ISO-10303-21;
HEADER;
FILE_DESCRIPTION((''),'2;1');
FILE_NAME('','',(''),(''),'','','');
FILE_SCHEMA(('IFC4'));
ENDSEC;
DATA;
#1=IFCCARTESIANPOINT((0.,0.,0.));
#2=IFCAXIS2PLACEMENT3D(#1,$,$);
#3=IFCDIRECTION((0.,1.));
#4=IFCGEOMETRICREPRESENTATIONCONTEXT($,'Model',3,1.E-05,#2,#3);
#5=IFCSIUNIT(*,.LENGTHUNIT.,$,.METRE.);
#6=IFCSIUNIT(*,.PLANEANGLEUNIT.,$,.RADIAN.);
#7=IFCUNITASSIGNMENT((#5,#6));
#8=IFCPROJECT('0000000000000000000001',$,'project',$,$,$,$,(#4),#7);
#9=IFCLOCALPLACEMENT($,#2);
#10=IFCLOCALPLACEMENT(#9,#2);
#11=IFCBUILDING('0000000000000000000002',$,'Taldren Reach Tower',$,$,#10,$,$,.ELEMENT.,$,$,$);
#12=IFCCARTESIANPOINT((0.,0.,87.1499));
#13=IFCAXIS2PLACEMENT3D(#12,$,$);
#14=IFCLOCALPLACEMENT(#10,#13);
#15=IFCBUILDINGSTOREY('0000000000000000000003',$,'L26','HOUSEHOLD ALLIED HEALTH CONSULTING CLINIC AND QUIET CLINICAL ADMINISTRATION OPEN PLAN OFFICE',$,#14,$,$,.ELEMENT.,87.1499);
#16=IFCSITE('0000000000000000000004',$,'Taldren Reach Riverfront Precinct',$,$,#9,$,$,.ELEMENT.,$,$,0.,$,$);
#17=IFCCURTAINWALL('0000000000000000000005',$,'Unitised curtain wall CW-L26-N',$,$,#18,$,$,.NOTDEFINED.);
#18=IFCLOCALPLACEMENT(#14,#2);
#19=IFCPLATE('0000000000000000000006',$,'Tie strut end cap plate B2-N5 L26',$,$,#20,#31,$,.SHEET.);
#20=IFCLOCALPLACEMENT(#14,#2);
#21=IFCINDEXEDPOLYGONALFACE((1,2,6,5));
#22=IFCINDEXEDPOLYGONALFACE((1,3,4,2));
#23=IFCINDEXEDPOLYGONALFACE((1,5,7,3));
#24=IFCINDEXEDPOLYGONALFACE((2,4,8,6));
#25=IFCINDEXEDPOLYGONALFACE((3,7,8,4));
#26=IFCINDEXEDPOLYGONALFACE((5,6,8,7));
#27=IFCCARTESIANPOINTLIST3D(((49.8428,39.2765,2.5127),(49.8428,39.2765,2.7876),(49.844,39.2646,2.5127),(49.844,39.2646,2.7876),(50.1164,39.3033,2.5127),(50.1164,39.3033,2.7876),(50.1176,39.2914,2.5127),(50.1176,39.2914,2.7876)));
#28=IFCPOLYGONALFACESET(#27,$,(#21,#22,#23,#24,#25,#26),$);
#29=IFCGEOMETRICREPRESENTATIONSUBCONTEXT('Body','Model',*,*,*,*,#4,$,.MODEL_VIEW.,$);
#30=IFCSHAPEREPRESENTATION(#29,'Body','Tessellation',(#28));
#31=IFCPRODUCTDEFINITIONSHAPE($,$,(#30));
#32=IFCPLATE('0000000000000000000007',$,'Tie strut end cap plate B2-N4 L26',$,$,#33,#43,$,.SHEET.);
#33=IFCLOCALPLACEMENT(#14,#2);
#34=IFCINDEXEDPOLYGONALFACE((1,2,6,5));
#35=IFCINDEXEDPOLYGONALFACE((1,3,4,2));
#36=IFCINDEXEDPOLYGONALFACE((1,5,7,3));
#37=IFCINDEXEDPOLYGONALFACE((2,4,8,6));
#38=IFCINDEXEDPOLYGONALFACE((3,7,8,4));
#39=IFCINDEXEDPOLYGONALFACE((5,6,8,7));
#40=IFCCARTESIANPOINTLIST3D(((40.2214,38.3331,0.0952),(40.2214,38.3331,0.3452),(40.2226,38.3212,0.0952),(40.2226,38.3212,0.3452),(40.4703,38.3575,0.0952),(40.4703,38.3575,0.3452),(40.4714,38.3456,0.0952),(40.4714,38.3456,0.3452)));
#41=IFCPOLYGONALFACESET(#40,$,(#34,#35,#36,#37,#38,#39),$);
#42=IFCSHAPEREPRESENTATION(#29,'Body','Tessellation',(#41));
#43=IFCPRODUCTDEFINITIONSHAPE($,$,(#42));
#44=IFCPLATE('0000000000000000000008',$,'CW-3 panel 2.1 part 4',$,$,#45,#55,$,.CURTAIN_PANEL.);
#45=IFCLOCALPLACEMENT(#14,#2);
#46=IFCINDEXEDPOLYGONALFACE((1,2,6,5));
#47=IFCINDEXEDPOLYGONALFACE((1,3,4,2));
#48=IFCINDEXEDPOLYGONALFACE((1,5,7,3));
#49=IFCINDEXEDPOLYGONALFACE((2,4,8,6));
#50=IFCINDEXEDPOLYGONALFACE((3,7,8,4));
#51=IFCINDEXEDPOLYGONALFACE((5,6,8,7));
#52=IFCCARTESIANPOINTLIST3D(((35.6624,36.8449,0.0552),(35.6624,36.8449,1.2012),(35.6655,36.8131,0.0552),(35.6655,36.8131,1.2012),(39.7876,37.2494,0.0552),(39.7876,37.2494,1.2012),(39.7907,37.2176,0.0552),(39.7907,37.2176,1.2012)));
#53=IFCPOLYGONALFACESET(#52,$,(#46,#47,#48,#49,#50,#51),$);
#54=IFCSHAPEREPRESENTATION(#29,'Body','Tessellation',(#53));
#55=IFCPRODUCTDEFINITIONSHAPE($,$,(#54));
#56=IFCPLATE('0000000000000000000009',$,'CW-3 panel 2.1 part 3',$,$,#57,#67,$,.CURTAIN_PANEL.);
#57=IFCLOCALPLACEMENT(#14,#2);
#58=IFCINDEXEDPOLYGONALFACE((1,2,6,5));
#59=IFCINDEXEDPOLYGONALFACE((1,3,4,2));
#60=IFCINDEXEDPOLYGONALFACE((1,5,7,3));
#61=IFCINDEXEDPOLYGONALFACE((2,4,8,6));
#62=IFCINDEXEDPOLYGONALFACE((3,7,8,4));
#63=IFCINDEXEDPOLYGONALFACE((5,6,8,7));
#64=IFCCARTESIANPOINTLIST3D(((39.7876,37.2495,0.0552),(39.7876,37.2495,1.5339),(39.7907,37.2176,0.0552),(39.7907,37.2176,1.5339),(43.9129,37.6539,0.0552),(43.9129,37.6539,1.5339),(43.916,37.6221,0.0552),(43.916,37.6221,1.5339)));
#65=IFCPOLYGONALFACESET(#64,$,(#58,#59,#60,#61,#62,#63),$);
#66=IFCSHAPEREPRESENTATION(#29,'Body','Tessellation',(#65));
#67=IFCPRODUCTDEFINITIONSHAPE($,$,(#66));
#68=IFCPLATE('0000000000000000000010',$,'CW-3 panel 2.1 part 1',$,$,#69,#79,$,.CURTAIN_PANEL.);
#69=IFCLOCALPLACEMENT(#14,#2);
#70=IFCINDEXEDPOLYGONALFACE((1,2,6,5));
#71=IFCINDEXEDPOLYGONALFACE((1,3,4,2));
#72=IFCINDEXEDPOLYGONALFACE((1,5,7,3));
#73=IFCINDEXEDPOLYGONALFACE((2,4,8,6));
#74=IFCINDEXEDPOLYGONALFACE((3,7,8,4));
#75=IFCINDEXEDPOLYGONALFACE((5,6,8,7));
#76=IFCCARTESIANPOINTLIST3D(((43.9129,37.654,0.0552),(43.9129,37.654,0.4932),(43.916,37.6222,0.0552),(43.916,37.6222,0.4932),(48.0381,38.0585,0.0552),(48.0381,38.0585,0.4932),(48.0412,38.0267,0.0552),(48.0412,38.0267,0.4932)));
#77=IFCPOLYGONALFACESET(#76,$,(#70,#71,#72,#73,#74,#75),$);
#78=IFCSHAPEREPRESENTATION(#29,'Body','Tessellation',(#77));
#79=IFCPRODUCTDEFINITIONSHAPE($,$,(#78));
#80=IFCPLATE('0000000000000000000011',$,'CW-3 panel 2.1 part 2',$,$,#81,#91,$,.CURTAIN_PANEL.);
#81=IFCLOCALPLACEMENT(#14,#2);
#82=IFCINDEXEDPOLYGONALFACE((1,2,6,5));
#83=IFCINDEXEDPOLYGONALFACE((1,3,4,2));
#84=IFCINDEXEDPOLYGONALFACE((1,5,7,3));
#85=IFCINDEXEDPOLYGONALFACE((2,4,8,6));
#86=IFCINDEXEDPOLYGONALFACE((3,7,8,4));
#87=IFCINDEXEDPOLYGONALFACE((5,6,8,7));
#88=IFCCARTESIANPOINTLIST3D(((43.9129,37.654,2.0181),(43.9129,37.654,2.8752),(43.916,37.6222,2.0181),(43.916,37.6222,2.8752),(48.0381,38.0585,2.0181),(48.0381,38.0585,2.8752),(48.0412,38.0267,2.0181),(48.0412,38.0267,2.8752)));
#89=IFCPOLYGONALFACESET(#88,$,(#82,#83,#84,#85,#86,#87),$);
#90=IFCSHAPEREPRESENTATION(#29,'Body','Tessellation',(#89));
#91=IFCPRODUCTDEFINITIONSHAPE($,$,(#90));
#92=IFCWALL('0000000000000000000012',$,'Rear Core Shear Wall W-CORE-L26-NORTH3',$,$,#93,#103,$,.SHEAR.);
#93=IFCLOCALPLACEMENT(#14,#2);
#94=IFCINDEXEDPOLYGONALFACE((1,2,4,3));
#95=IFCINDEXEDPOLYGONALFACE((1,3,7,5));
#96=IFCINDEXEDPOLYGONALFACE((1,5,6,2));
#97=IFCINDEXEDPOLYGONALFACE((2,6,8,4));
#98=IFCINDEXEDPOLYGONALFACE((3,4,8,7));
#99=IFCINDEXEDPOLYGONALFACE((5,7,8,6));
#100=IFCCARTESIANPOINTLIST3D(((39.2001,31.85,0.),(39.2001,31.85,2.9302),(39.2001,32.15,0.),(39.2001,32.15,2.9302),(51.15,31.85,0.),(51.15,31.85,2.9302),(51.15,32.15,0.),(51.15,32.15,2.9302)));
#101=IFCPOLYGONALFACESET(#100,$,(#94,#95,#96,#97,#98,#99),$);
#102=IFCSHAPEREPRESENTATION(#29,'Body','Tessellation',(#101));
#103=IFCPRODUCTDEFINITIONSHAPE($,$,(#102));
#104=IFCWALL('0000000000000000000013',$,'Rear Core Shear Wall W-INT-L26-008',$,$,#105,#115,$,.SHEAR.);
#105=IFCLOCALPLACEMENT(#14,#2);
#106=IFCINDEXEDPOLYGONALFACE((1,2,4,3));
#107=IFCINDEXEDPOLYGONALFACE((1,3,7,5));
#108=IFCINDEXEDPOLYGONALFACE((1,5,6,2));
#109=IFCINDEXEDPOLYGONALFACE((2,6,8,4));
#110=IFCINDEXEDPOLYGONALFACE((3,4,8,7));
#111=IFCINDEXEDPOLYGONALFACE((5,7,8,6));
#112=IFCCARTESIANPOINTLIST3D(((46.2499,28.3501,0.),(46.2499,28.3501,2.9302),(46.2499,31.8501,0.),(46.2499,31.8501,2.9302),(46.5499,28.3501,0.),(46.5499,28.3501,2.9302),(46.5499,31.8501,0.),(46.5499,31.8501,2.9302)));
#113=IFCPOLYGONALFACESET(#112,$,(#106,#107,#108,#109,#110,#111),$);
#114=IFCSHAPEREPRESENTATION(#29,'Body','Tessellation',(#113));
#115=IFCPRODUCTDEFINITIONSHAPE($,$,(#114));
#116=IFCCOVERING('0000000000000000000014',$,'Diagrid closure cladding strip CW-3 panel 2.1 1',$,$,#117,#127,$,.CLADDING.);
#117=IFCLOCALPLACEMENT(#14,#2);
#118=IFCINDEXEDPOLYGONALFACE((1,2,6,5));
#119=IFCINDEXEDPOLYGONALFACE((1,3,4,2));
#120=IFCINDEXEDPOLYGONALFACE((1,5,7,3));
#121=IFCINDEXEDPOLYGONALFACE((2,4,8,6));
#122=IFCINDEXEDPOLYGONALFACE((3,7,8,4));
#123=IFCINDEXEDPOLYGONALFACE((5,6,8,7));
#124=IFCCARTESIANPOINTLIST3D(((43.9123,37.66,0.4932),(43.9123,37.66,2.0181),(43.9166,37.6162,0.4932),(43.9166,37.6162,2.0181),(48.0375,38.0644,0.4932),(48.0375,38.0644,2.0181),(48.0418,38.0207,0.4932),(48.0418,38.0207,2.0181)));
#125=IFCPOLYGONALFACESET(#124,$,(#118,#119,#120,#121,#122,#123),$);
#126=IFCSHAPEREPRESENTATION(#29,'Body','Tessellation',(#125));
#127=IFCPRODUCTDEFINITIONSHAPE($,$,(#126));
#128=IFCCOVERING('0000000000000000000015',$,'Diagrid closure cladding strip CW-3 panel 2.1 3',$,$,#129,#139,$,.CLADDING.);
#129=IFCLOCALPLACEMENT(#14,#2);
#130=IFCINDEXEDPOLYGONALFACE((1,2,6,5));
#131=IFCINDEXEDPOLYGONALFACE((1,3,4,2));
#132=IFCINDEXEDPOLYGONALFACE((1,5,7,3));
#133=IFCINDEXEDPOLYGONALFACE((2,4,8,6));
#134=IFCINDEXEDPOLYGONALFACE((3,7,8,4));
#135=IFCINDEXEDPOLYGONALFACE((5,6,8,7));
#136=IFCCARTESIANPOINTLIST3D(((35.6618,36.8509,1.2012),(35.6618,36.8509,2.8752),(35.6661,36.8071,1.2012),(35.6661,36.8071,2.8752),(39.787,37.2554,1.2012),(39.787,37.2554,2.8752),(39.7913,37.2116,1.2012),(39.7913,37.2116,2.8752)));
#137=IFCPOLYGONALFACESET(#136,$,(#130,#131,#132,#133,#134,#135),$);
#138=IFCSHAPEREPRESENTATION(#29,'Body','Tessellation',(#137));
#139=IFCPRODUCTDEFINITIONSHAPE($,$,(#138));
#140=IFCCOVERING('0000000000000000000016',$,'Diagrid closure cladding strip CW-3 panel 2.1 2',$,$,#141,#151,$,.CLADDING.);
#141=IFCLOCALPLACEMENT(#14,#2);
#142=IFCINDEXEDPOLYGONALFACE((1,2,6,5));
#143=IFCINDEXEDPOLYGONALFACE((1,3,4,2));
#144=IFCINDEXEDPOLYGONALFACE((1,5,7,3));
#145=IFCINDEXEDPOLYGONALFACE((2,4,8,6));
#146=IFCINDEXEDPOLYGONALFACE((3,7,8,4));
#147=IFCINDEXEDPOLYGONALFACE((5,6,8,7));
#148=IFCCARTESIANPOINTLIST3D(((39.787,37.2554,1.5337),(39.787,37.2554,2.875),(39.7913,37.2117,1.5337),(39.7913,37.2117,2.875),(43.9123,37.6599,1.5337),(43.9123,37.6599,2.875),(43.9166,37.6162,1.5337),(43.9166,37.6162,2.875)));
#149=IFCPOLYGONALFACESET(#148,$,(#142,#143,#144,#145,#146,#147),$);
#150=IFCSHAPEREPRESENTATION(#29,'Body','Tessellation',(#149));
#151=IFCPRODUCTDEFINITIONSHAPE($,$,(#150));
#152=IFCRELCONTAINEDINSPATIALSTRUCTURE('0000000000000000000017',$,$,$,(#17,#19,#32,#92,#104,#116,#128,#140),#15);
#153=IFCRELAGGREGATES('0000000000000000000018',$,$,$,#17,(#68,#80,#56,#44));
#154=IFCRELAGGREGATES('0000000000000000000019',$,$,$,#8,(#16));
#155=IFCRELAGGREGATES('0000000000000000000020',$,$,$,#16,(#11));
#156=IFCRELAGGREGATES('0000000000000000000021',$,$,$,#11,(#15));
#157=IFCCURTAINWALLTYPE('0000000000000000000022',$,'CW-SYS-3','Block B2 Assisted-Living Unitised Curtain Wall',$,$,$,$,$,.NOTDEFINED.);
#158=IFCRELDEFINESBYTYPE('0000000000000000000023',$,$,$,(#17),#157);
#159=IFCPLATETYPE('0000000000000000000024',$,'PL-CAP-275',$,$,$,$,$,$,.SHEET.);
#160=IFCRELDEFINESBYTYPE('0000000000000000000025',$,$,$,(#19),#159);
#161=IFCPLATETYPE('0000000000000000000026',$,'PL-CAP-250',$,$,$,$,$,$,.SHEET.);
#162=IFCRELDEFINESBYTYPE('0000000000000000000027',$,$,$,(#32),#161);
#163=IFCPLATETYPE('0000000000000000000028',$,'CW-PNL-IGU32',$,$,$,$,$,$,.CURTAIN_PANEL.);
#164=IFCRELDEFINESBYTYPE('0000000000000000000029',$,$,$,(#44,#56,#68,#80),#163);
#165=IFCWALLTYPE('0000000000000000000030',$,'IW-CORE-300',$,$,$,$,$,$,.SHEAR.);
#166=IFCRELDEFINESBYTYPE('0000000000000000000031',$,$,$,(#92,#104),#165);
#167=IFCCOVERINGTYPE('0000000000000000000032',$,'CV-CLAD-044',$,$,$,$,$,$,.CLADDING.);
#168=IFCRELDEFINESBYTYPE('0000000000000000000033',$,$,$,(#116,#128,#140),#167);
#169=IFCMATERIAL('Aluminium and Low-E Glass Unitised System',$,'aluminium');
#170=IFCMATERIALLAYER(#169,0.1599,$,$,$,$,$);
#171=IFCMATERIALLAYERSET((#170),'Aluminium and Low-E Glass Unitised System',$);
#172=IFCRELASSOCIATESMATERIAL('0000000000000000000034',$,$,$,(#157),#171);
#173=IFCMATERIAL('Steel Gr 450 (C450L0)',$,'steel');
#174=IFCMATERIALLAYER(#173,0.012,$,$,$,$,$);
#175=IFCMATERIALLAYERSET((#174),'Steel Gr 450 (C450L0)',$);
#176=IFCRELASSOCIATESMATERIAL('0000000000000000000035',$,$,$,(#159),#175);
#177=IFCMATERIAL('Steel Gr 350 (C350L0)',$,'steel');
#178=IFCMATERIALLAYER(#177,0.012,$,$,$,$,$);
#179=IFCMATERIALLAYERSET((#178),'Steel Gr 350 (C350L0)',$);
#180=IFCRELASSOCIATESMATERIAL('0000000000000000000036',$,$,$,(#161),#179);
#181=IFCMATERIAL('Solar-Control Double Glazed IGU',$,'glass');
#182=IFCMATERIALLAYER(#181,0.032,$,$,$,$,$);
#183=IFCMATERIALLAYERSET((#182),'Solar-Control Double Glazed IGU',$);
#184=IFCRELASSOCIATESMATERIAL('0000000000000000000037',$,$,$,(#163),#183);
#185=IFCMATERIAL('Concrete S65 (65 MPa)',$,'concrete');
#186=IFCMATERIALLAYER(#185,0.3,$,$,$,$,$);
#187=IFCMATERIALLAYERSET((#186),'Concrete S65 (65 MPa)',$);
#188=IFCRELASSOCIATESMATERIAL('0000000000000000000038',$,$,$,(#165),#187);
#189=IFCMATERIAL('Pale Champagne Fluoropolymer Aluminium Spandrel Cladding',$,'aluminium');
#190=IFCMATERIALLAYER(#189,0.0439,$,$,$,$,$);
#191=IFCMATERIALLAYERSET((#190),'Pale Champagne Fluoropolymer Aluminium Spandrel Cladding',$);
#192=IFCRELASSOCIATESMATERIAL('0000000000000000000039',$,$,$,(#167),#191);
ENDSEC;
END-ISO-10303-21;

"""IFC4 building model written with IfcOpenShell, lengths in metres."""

from ifc_helpers import new_model, si_unit, direction, frame, frame_2d, origin, origin_2d, place, context, subcontext, project, spatial, rectangle, extrude, source, transform, mapped, material, layer, layer_set, type_object, element, aggregate, save


model = new_model("IFC4")

# Units and contexts
model_context = context("Model", 3, precision=1e-05, world=origin(), true_north=direction((0.0, 1.0)))
body_context = subcontext(model_context, "Body", "Model", "MODEL_VIEW")
ifc_project = project(units=[si_unit("LENGTHUNIT", "METRE"), si_unit("PLANEANGLEUNIT", "RADIAN")], contexts=[model_context])

# Site, building, storey
site_placement = place(None, origin())
site = spatial("IfcSite", under=ifc_project, at=site_placement, Name="Taldren Reach Riverfront Precinct", CompositionType="ELEMENT", RefElevation=0.0)
building_placement = place(site_placement, origin())
building = spatial("IfcBuilding", under=site, at=building_placement, Name="Taldren Reach Tower", CompositionType="ELEMENT")
storey_placement = place(building_placement, frame((0.0, 0.0, 87.1499)))
storey = spatial("IfcBuildingStorey", under=building, at=storey_placement, Name="L26", Description="HOUSEHOLD ALLIED HEALTH CONSULTING CLINIC AND QUIET CLINICAL ADMINISTRATION OPEN PLAN OFFICE", CompositionType="ELEMENT", Elevation=87.1499)

# Shared definitions
ifc_material_1 = material(Name="Concrete S65 (65 MPa)", Category="concrete")

# Shared definitions
ifc_material_2 = material(Name="Steel Gr 450 (C450L0)", Category="steel")
ifc_material_3 = material(Name="Steel Gr 350 (C350L0)", Category="steel")

# Curtain wall
ifc_material_4 = material(Name="Aluminium and Low-E Glass Unitised System", Category="aluminium")
ifc_layer_1 = layer(ifc_material_4, 0.1599)
ifc_layer_set_1 = layer_set([ifc_layer_1], Name="Aluminium and Low-E Glass Unitised System")
curtain_wall_type = type_object("IfcCurtainWallType", Name="CW-SYS-3", Description="Block B2 Assisted-Living Unitised Curtain Wall", PredefinedType="NOTDEFINED", material=ifc_layer_set_1)
curtain_wall_placement = place(storey_placement, origin())
curtain_wall = element("IfcCurtainWall", 1, at=curtain_wall_placement, inside=storey, type_object=curtain_wall_type, Name="Unitised curtain wall CW-L26-N", PredefinedType="NOTDEFINED")

# Plates
ifc_layer_2 = layer(ifc_material_2, 0.012)
ifc_layer_set_2 = layer_set([ifc_layer_2], Name="Steel Gr 450 (C450L0)")
plate_type_1 = type_object("IfcPlateType", Name="PL-CAP-275", PredefinedType="SHEET", material=ifc_layer_set_2)
shared_shape_1 = source(origin(), body_context, "Body", "SweptSolid", [
    extrude(rectangle(XDim=0.2749, YDim=0.012, at=origin_2d()), origin(), (0.0, 0.0, 1.0), 0.2749),
])
plate_1_placement = place(storey_placement, frame((49.9802, 39.2839, 2.5127), z_axis=(0.0, 0.0, 1.0), x_axis=(0.995227, 0.097583, 0.0)))
element("IfcPlate", 2, at=plate_1_placement, inside=storey, type_object=plate_type_1, Name="Tie strut end cap plate B2-N5 L26", PredefinedType="SHEET", context=body_context, shape_type="MappedRepresentation", body=[
    mapped(shared_shape_1, transform((0.0, 0.0, 0.0), scale=1.0)),
])
ifc_layer_3 = layer(ifc_material_3, 0.012)
ifc_layer_set_3 = layer_set([ifc_layer_3], Name="Steel Gr 350 (C350L0)")
plate_type_2 = type_object("IfcPlateType", Name="PL-CAP-250", PredefinedType="SHEET", material=ifc_layer_set_3)
shared_shape_2 = source(origin(), body_context, "Body", "SweptSolid", [
    extrude(rectangle(XDim=0.25, YDim=0.012, at=origin_2d()), origin(), (0.0, 0.0, 1.0), 0.25),
])
plate_2_placement = place(storey_placement, frame((40.3464, 38.3394, 0.0952), z_axis=(0.0, 0.0, 1.0), x_axis=(0.995227, 0.097583, 0.0)))
element("IfcPlate", 3, at=plate_2_placement, inside=storey, type_object=plate_type_2, Name="Tie strut end cap plate B2-N4 L26", PredefinedType="SHEET", context=body_context, shape_type="MappedRepresentation", body=[
    mapped(shared_shape_2, transform((0.0, 0.0, 0.0), scale=1.0)),
])

# Plates
ifc_material_5 = material(Name="Solar-Control Double Glazed IGU", Category="glass")
ifc_layer_4 = layer(ifc_material_5, 0.032)
ifc_layer_set_4 = layer_set([ifc_layer_4], Name="Solar-Control Double Glazed IGU")
plate_type_3 = type_object("IfcPlateType", Name="CW-PNL-IGU32", PredefinedType="CURTAIN_PANEL", material=ifc_layer_set_4)
shared_shape_3 = source(origin(), body_context, "Body", "SweptSolid", [
    extrude(rectangle(XDim=4.145, YDim=0.032, at=origin_2d()), origin(), (0.0, 0.0, 1.0), 1.146),
])
plate_3_placement = place(storey_placement, frame((37.7266, 37.0312, 0.0552), z_axis=(0.0, 0.0, 1.0), x_axis=(-0.995227, -0.097583, 0.0)))
plate_3 = element("IfcPlate", 4, at=plate_3_placement, type_object=plate_type_3, Name="CW-3 panel 2.1 part 4", PredefinedType="CURTAIN_PANEL", context=body_context, shape_type="MappedRepresentation", body=[
    mapped(shared_shape_3, transform((0.0, 0.0, 0.0), scale=1.0)),
])
shared_shape_4 = source(origin(), body_context, "Body", "SweptSolid", [
    extrude(rectangle(XDim=4.145, YDim=0.032, at=origin_2d()), origin(), (0.0, 0.0, 1.0), 1.4788),
])
plate_4_placement = place(storey_placement, frame((41.8518, 37.4358, 0.0552), z_axis=(0.0, 0.0, 1.0), x_axis=(-0.995227, -0.097583, 0.0)))
plate_4 = element("IfcPlate", 5, at=plate_4_placement, type_object=plate_type_3, Name="CW-3 panel 2.1 part 3", PredefinedType="CURTAIN_PANEL", context=body_context, shape_type="MappedRepresentation", body=[
    mapped(shared_shape_4, transform((0.0, 0.0, 0.0), scale=1.0)),
])
shared_shape_5 = source(origin(), body_context, "Body", "SweptSolid", [
    extrude(rectangle(XDim=4.145, YDim=0.032, at=origin_2d()), origin(), (0.0, 0.0, 1.0), 0.438),
])
plate_5_placement = place(storey_placement, frame((45.9771, 37.8403, 0.0552), z_axis=(0.0, 0.0, 1.0), x_axis=(-0.995227, -0.097583, 0.0)))
plate_5 = element("IfcPlate", 6, at=plate_5_placement, type_object=plate_type_3, Name="CW-3 panel 2.1 part 1", PredefinedType="CURTAIN_PANEL", context=body_context, shape_type="MappedRepresentation", body=[
    mapped(shared_shape_5, transform((0.0, 0.0, 0.0), scale=1.0)),
])
shared_shape_6 = source(origin(), body_context, "Body", "SweptSolid", [
    extrude(rectangle(XDim=4.145, YDim=0.032, at=origin_2d()), origin(), (0.0, 0.0, 1.0), 0.8572),
])
plate_6_placement = place(storey_placement, frame((45.9771, 37.8403, 2.0181), z_axis=(0.0, 0.0, 1.0), x_axis=(-0.995227, -0.097583, 0.0)))
plate_6 = element("IfcPlate", 7, at=plate_6_placement, type_object=plate_type_3, Name="CW-3 panel 2.1 part 2", PredefinedType="CURTAIN_PANEL", context=body_context, shape_type="MappedRepresentation", body=[
    mapped(shared_shape_6, transform((0.0, 0.0, 0.0), scale=1.0)),
])
aggregate(curtain_wall, [plate_5, plate_6, plate_4, plate_3])

# Walls
ifc_layer_5 = layer(ifc_material_1, 0.3)
ifc_layer_set_5 = layer_set([ifc_layer_5], Name="Concrete S65 (65 MPa)")
wall_type = type_object("IfcWallType", Name="IW-CORE-300", PredefinedType="SHEAR", material=ifc_layer_set_5)
shared_shape_7 = source(origin(), body_context, "Body", "SweptSolid", [
    extrude(rectangle(XDim=11.95, YDim=0.3, at=frame_2d((5.9751, 0.0))), origin(), (0.0, 0.0, 1.0), 2.9302),
])
wall_1_placement = place(storey_placement, frame((39.2, 32.0, 0.0), z_axis=(0.0, 0.0, 1.0), x_axis=(1.0, 0.0, 0.0)))
element("IfcWall", 8, at=wall_1_placement, inside=storey, type_object=wall_type, Name="Rear Core Shear Wall W-CORE-L26-NORTH3", PredefinedType="SHEAR", context=body_context, shape_type="MappedRepresentation", body=[
    mapped(shared_shape_7, transform((0.0, 0.0, 0.0), scale=1.0)),
])
shared_shape_8 = source(origin(), body_context, "Body", "SweptSolid", [
    extrude(rectangle(XDim=3.5, YDim=0.3, at=frame_2d((1.75, 0.0))), origin(), (0.0, 0.0, 1.0), 2.9302),
])
wall_2_placement = place(storey_placement, frame((46.3999, 31.8501, 0.0), z_axis=(0.0, 0.0, 1.0), x_axis=(0.0, -1.0, 0.0)))
element("IfcWall", 9, at=wall_2_placement, inside=storey, type_object=wall_type, Name="Rear Core Shear Wall W-INT-L26-008", PredefinedType="SHEAR", context=body_context, shape_type="MappedRepresentation", body=[
    mapped(shared_shape_8, transform((0.0, 0.0, 0.0), scale=1.0)),
])

# Coverings
ifc_material_6 = material(Name="Pale Champagne Fluoropolymer Aluminium Spandrel Cladding", Category="aluminium")
ifc_layer_6 = layer(ifc_material_6, 0.0439)
ifc_layer_set_6 = layer_set([ifc_layer_6], Name="Pale Champagne Fluoropolymer Aluminium Spandrel Cladding")
covering_type = type_object("IfcCoveringType", Name="CV-CLAD-044", PredefinedType="CLADDING", material=ifc_layer_set_6)
shared_shape_9 = source(origin(), body_context, "Body", "SweptSolid", [
    extrude(rectangle(XDim=4.145, YDim=0.0439, at=origin_2d()), origin(), (0.0, 0.0, 1.0), 1.5249),
])
covering_1_placement = place(storey_placement, frame((45.9771, 37.8403, 0.4932), z_axis=(0.0, 0.0, 1.0), x_axis=(-0.995227, -0.097583, 0.0)))
element("IfcCovering", 10, at=covering_1_placement, inside=storey, type_object=covering_type, Name="Diagrid closure cladding strip CW-3 panel 2.1 1", PredefinedType="CLADDING", context=body_context, shape_type="MappedRepresentation", body=[
    mapped(shared_shape_9, transform((0.0, 0.0, 0.0), scale=1.0)),
])
shared_shape_10 = source(origin(), body_context, "Body", "SweptSolid", [
    extrude(rectangle(XDim=4.145, YDim=0.0439, at=origin_2d()), origin(), (0.0, 0.0, 1.0), 1.6741),
])
covering_2_placement = place(storey_placement, frame((37.7266, 37.0312, 1.2012), z_axis=(0.0, 0.0, 1.0), x_axis=(-0.995227, -0.097583, 0.0)))
element("IfcCovering", 11, at=covering_2_placement, inside=storey, type_object=covering_type, Name="Diagrid closure cladding strip CW-3 panel 2.1 3", PredefinedType="CLADDING", context=body_context, shape_type="MappedRepresentation", body=[
    mapped(shared_shape_10, transform((0.0, 0.0, 0.0), scale=1.0)),
])
shared_shape_11 = source(origin(), body_context, "Body", "SweptSolid", [
    extrude(rectangle(XDim=4.145, YDim=0.0439, at=origin_2d()), origin(), (0.0, 0.0, 1.0), 1.3413),
])
covering_3_placement = place(storey_placement, frame((41.8518, 37.4358, 1.5337), z_axis=(0.0, 0.0, 1.0), x_axis=(-0.995227, -0.097583, 0.0)))
element("IfcCovering", 12, at=covering_3_placement, inside=storey, type_object=covering_type, Name="Diagrid closure cladding strip CW-3 panel 2.1 2", PredefinedType="CLADDING", context=body_context, shape_type="MappedRepresentation", body=[
    mapped(shared_shape_11, transform((0.0, 0.0, 0.0), scale=1.0)),
])

save(model, "model.ifc")
